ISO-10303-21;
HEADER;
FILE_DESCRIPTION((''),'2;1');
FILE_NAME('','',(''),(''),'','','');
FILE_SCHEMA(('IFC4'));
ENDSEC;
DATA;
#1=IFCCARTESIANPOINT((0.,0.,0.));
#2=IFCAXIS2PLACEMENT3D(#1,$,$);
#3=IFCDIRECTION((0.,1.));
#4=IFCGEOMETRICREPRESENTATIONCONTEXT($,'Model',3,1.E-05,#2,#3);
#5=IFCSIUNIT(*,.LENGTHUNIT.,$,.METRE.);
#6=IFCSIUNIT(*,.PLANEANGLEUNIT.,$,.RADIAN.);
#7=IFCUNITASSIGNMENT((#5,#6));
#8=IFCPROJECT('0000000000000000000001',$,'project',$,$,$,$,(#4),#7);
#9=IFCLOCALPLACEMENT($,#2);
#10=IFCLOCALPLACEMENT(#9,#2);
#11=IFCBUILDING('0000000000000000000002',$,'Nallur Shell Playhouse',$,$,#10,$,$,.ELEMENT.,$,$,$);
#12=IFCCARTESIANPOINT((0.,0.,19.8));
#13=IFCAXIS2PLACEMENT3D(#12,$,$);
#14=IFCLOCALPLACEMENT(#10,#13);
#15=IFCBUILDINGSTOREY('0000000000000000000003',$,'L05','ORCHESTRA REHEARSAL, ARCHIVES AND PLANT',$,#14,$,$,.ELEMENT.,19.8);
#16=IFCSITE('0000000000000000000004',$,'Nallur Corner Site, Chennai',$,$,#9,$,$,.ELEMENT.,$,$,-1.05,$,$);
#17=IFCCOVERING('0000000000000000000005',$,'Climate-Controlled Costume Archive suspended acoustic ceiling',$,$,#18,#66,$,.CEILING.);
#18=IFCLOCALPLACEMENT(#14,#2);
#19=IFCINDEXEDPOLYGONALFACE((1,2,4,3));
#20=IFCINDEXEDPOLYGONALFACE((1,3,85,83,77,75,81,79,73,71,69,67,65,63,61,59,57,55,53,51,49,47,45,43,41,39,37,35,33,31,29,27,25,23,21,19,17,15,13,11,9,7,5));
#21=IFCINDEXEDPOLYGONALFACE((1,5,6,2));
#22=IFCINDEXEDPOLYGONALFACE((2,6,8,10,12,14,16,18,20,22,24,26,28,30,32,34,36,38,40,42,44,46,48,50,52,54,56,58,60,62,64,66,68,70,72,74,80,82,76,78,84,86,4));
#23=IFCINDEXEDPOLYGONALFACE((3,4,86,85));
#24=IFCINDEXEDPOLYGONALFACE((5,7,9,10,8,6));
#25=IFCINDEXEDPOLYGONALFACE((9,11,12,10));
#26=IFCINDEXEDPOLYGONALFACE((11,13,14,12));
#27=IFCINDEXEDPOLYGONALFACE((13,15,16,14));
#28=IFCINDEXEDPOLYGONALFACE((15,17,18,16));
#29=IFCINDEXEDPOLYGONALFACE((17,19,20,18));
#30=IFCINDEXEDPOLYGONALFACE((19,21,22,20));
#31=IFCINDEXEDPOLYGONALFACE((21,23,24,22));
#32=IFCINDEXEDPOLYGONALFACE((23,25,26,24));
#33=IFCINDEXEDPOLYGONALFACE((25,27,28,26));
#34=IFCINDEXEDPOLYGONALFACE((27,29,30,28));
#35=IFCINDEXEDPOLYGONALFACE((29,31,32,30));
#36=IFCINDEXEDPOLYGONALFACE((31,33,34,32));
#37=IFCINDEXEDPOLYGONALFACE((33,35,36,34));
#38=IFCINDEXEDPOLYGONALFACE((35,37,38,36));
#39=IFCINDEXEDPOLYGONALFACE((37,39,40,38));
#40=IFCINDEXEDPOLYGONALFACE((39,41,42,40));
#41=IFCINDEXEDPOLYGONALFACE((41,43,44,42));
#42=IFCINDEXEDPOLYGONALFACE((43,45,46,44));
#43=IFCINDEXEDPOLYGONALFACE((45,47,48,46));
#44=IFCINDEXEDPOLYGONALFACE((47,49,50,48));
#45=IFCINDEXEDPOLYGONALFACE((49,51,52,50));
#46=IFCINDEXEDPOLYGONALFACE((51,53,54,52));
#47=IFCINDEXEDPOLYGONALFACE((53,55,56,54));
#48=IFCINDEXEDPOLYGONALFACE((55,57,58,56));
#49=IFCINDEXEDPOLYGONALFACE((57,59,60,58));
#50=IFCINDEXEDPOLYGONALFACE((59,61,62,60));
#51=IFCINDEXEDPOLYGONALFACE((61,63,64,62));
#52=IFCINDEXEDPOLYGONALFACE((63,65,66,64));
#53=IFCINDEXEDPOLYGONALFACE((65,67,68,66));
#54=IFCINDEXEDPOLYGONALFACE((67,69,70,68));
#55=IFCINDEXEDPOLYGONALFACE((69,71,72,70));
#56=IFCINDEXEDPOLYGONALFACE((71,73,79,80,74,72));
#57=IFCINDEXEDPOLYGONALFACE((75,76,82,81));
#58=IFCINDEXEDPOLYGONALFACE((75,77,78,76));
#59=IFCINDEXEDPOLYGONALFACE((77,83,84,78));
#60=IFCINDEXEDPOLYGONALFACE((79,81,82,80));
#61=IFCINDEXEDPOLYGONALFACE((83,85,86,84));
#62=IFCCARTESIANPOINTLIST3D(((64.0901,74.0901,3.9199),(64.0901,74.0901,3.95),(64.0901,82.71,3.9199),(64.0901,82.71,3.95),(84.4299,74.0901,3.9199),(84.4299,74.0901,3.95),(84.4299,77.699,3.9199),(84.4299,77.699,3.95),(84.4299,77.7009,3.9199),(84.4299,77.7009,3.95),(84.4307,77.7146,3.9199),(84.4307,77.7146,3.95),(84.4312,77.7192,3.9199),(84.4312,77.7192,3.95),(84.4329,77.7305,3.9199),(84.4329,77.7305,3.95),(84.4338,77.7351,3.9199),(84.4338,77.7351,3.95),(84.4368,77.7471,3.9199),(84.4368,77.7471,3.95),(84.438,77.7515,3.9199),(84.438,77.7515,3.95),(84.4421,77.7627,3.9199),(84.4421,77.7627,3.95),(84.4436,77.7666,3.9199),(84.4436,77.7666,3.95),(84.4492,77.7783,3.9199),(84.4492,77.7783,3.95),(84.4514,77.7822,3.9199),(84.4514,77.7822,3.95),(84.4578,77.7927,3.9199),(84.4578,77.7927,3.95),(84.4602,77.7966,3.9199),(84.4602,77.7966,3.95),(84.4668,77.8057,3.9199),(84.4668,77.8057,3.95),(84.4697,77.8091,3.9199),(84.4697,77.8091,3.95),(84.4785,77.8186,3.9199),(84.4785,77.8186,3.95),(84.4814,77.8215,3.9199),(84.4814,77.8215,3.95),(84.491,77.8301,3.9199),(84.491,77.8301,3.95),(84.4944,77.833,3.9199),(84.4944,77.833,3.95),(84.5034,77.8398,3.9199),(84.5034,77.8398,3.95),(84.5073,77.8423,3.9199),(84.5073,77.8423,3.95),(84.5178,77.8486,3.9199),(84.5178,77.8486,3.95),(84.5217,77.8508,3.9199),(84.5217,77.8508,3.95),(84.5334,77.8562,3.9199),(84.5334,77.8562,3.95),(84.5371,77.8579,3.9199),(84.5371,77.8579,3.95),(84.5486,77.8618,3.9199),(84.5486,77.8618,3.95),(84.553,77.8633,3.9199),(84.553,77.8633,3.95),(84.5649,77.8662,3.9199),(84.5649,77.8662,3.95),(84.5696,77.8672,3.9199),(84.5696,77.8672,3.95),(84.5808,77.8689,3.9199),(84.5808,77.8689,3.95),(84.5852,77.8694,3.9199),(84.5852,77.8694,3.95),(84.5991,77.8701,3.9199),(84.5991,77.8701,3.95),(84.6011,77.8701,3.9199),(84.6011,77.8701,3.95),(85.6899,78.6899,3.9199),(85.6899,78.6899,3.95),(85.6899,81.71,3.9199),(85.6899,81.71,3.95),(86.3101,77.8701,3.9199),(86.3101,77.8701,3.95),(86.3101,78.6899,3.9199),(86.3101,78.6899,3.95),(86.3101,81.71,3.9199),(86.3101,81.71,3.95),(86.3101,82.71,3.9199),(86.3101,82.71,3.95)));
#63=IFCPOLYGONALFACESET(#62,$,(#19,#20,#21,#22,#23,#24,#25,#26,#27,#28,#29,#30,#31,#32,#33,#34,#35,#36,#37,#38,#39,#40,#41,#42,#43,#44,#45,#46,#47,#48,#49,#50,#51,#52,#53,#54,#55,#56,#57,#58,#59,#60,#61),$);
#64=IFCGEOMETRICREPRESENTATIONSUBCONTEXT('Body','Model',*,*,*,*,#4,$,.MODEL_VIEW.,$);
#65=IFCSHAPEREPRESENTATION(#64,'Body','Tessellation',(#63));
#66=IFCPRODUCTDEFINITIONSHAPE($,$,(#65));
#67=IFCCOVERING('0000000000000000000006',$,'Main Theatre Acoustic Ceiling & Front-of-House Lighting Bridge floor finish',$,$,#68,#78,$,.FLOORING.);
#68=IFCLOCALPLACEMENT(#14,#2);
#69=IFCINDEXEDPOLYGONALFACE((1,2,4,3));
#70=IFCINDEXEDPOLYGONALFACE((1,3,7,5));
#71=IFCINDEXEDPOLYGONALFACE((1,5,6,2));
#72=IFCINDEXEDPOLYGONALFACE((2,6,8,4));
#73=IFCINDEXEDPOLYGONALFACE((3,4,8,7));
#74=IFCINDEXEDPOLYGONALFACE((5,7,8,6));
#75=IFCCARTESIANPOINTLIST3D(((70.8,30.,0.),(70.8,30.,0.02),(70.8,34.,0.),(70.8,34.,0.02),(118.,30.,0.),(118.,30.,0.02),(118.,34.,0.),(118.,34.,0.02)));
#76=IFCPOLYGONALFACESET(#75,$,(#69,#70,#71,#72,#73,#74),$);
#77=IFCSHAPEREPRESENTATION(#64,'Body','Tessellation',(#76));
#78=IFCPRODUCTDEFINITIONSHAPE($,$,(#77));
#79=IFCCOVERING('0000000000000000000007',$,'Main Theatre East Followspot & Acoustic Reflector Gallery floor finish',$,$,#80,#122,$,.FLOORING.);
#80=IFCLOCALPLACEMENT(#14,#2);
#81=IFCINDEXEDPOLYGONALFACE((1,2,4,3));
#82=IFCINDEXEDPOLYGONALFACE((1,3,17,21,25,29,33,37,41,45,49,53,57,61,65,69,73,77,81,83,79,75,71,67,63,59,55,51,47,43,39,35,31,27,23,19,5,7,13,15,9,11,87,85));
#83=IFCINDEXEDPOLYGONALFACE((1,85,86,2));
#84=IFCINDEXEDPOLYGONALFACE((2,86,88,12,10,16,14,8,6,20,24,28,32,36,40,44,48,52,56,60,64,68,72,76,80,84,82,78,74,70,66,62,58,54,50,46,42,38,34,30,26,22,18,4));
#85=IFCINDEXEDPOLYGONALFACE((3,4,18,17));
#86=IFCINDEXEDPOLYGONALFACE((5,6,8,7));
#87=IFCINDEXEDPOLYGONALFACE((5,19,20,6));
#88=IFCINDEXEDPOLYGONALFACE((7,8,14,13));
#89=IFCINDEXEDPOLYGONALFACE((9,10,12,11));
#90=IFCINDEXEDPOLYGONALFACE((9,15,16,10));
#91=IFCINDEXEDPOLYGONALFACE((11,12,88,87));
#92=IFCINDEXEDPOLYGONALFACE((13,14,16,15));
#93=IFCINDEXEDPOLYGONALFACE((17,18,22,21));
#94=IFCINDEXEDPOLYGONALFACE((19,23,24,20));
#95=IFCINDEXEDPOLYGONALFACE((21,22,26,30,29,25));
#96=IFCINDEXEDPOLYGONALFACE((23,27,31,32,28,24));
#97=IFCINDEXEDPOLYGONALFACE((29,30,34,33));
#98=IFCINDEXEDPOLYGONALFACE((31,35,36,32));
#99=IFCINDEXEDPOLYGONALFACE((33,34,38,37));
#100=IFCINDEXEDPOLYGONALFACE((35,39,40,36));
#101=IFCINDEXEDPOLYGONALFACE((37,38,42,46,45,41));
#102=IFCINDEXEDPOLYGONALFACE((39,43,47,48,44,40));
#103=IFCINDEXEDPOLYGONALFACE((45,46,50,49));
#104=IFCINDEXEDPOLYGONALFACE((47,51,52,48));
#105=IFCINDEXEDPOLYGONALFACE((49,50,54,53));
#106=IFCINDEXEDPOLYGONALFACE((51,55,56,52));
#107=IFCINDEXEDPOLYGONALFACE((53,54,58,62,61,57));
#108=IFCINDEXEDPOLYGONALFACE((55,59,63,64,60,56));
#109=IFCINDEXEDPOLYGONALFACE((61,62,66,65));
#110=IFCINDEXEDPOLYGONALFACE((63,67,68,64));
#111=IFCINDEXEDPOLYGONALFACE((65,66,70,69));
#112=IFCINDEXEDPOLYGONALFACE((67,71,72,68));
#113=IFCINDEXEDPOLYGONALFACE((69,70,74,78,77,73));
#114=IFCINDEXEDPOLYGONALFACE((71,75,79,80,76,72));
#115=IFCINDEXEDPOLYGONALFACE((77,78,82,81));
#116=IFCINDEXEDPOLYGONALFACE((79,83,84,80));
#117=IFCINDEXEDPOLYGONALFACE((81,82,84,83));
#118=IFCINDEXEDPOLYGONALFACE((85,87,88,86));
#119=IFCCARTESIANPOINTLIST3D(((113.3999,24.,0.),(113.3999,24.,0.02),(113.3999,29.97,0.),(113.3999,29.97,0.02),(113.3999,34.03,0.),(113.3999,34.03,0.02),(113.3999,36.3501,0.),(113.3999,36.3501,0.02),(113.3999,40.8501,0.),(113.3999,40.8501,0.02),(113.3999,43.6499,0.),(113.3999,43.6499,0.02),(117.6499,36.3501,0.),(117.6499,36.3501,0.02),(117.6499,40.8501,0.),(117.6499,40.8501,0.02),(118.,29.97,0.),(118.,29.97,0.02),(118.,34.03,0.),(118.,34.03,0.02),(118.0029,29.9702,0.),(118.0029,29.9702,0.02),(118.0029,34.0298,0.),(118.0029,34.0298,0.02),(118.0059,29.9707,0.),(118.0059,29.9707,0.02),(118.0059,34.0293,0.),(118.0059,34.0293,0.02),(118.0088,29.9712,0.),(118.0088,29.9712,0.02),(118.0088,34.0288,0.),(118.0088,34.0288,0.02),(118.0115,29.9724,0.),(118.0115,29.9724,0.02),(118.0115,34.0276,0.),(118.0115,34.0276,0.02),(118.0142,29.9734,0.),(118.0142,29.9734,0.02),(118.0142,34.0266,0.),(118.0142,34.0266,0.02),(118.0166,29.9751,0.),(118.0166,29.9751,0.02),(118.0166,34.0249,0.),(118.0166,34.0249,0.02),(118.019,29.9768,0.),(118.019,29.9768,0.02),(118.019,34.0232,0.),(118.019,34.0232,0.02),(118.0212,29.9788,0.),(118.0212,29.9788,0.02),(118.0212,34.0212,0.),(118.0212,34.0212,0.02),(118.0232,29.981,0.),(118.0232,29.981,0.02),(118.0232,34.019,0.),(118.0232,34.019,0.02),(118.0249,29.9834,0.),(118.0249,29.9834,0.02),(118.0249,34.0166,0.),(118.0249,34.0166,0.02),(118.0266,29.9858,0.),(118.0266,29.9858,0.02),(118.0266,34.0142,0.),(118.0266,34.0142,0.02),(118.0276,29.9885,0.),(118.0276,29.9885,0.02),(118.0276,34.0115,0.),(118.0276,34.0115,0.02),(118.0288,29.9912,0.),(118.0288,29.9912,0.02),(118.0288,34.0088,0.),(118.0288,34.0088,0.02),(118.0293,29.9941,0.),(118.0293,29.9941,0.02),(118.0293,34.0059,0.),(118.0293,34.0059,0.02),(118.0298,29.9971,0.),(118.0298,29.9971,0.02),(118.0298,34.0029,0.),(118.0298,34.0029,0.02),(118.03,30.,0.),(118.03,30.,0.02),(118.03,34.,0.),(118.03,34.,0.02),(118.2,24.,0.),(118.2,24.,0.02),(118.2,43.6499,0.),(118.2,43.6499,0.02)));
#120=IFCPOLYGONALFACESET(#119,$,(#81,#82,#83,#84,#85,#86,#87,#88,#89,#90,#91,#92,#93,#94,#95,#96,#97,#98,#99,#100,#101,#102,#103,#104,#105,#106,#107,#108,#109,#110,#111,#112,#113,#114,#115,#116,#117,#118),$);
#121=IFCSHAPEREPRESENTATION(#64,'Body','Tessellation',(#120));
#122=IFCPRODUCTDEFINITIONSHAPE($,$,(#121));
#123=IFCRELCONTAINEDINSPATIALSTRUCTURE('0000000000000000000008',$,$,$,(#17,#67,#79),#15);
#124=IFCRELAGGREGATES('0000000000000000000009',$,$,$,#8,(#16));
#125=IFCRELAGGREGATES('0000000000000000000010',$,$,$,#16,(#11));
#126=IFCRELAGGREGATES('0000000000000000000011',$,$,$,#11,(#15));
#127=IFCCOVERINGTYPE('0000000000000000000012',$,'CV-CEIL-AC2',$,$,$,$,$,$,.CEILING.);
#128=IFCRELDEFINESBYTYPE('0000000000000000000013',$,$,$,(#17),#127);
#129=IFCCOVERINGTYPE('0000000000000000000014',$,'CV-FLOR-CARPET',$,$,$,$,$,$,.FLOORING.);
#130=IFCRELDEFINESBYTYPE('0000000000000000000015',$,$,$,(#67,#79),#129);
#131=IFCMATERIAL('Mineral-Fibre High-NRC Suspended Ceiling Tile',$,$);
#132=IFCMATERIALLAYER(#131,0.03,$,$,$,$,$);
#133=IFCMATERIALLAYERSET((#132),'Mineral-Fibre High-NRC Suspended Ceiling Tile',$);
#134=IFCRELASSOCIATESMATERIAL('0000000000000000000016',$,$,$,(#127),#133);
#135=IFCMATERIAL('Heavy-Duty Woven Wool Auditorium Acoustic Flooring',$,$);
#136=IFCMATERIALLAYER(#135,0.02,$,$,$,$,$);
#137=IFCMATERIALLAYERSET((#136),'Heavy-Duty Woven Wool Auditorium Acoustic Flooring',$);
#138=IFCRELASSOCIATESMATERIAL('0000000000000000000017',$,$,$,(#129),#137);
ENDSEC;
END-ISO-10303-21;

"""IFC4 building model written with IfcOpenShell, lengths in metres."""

from ifc_helpers import new_model, si_unit, direction, frame, origin, place, context, subcontext, project, spatial, polyline, outline, extrude, material, layer, layer_set, type_object, element, save


model = new_model("IFC4")

# Units and contexts
model_context = context("Model", 3, precision=1e-05, world=origin(), true_north=direction((0.0, 1.0)))
body_context = subcontext(model_context, "Body", "Model", "MODEL_VIEW")
ifc_project = project(units=[si_unit("LENGTHUNIT", "METRE"), si_unit("PLANEANGLEUNIT", "RADIAN")], contexts=[model_context])

# Site, building, storey
site_placement = place(None, origin())
site = spatial("IfcSite", under=ifc_project, at=site_placement, Name="Nallur Corner Site, Chennai", CompositionType="ELEMENT", RefElevation=-1.05)
building_placement = place(site_placement, origin())
building = spatial("IfcBuilding", under=site, at=building_placement, Name="Nallur Shell Playhouse", CompositionType="ELEMENT")
storey_placement = place(building_placement, frame((0.0, 0.0, 19.8)))
storey = spatial("IfcBuildingStorey", under=building, at=storey_placement, Name="L05", Description="ORCHESTRA REHEARSAL, ARCHIVES AND PLANT", CompositionType="ELEMENT", Elevation=19.8)

# Coverings
ifc_material_1 = material(Name="Mineral-Fibre High-NRC Suspended Ceiling Tile")
ifc_layer_1 = layer(ifc_material_1, 0.03)
ifc_layer_set_1 = layer_set([ifc_layer_1], Name="Mineral-Fibre High-NRC Suspended Ceiling Tile")
covering_type_1 = type_object("IfcCoveringType", Name="CV-CEIL-AC2", PredefinedType="CEILING", material=ifc_layer_set_1)
covering_1_placement = place(storey_placement, frame((0.0, 0.0, 3.9199)))
element("IfcCovering", 1, at=covering_1_placement, inside=storey, type_object=covering_type_1, Name="Climate-Controlled Costume Archive suspended acoustic ceiling", PredefinedType="CEILING", context=body_context, shape_type="SweptSolid", body=[
    extrude(outline(polyline([(86.3101, 78.6899), (86.3101, 77.8701), (84.6011, 77.8701), (84.5991, 77.8701), (84.5852, 77.8694), (84.5808, 77.8689), (84.5696, 77.8672), (84.5649, 77.8662), (84.553, 77.8633), (84.5486, 77.8618), (84.5371, 77.8579), (84.5334, 77.8562), (84.5217, 77.8508), (84.5178, 77.8486), (84.5073, 77.8423), (84.5034, 77.8398), (84.4944, 77.833), (84.491, 77.8301), (84.4814, 77.8215), (84.4785, 77.8186), (84.4697, 77.8091), (84.4668, 77.8057), (84.4602, 77.7966), (84.4578, 77.7927), (84.4514, 77.7822), (84.4492, 77.7783), (84.4436, 77.7666), (84.4421, 77.7627), (84.438, 77.7515), (84.4368, 77.7471), (84.4338, 77.7351), (84.4329, 77.7305), (84.4312, 77.7192), (84.4307, 77.7146), (84.4299, 77.7009), (84.4299, 77.699), (84.4299, 74.0901), (64.0901, 74.0901), (64.0901, 82.71), (86.3101, 82.71), (86.3101, 81.71), (85.6899, 81.71), (85.6899, 78.6899), (86.3101, 78.6899)])), origin(), (0.0, 0.0, 1.0), 0.03),
])
ifc_material_2 = material(Name="Heavy-Duty Woven Wool Auditorium Acoustic Flooring")
ifc_layer_2 = layer(ifc_material_2, 0.02)
ifc_layer_set_2 = layer_set([ifc_layer_2], Name="Heavy-Duty Woven Wool Auditorium Acoustic Flooring")
covering_type_2 = type_object("IfcCoveringType", Name="CV-FLOR-CARPET", PredefinedType="FLOORING", material=ifc_layer_set_2)
covering_2_placement = place(storey_placement, origin())
element("IfcCovering", 2, at=covering_2_placement, inside=storey, type_object=covering_type_2, Name="Main Theatre Acoustic Ceiling & Front-of-House Lighting Bridge floor finish", PredefinedType="FLOORING", context=body_context, shape_type="SweptSolid", body=[
    extrude(outline(polyline([(118.0, 30.0), (70.8, 30.0), (70.8, 34.0), (118.0, 34.0), (118.0, 30.0)])), origin(), (0.0, 0.0, 1.0), 0.02),
])
covering_3_placement = place(storey_placement, origin())
element("IfcCovering", 3, at=covering_3_placement, inside=storey, type_object=covering_type_2, Name="Main Theatre East Followspot & Acoustic Reflector Gallery floor finish", PredefinedType="FLOORING", context=body_context, shape_type="SweptSolid", body=[
    extrude(outline(polyline([(113.3999, 24.0), (113.3999, 29.97), (118.0, 29.97), (118.0029, 29.9702), (118.0059, 29.9707), (118.0088, 29.9712), (118.0115, 29.9724), (118.0142, 29.9734), (118.0166, 29.9751), (118.019, 29.9768), (118.0212, 29.9788), (118.0232, 29.981), (118.0249, 29.9834), (118.0266, 29.9858), (118.0276, 29.9885), (118.0288, 29.9912), (118.0293, 29.9941), (118.0298, 29.9971), (118.03, 30.0), (118.03, 34.0), (118.0298, 34.0029), (118.0293, 34.0059), (118.0288, 34.0088), (118.0276, 34.0115), (118.0266, 34.0142), (118.0249, 34.0166), (118.0232, 34.019), (118.0212, 34.0212), (118.019, 34.0232), (118.0166, 34.0249), (118.0142, 34.0266), (118.0115, 34.0276), (118.0088, 34.0288), (118.0059, 34.0293), (118.0029, 34.0298), (118.0, 34.03), (113.3999, 34.03), (113.3999, 36.3501), (117.6499, 36.3501), (117.6499, 40.8501), (113.3999, 40.8501), (113.3999, 43.6499), (118.2, 43.6499), (118.2, 24.0), (113.3999, 24.0)])), origin(), (0.0, 0.0, 1.0), 0.02),
])

save(model, "model.ifc")
